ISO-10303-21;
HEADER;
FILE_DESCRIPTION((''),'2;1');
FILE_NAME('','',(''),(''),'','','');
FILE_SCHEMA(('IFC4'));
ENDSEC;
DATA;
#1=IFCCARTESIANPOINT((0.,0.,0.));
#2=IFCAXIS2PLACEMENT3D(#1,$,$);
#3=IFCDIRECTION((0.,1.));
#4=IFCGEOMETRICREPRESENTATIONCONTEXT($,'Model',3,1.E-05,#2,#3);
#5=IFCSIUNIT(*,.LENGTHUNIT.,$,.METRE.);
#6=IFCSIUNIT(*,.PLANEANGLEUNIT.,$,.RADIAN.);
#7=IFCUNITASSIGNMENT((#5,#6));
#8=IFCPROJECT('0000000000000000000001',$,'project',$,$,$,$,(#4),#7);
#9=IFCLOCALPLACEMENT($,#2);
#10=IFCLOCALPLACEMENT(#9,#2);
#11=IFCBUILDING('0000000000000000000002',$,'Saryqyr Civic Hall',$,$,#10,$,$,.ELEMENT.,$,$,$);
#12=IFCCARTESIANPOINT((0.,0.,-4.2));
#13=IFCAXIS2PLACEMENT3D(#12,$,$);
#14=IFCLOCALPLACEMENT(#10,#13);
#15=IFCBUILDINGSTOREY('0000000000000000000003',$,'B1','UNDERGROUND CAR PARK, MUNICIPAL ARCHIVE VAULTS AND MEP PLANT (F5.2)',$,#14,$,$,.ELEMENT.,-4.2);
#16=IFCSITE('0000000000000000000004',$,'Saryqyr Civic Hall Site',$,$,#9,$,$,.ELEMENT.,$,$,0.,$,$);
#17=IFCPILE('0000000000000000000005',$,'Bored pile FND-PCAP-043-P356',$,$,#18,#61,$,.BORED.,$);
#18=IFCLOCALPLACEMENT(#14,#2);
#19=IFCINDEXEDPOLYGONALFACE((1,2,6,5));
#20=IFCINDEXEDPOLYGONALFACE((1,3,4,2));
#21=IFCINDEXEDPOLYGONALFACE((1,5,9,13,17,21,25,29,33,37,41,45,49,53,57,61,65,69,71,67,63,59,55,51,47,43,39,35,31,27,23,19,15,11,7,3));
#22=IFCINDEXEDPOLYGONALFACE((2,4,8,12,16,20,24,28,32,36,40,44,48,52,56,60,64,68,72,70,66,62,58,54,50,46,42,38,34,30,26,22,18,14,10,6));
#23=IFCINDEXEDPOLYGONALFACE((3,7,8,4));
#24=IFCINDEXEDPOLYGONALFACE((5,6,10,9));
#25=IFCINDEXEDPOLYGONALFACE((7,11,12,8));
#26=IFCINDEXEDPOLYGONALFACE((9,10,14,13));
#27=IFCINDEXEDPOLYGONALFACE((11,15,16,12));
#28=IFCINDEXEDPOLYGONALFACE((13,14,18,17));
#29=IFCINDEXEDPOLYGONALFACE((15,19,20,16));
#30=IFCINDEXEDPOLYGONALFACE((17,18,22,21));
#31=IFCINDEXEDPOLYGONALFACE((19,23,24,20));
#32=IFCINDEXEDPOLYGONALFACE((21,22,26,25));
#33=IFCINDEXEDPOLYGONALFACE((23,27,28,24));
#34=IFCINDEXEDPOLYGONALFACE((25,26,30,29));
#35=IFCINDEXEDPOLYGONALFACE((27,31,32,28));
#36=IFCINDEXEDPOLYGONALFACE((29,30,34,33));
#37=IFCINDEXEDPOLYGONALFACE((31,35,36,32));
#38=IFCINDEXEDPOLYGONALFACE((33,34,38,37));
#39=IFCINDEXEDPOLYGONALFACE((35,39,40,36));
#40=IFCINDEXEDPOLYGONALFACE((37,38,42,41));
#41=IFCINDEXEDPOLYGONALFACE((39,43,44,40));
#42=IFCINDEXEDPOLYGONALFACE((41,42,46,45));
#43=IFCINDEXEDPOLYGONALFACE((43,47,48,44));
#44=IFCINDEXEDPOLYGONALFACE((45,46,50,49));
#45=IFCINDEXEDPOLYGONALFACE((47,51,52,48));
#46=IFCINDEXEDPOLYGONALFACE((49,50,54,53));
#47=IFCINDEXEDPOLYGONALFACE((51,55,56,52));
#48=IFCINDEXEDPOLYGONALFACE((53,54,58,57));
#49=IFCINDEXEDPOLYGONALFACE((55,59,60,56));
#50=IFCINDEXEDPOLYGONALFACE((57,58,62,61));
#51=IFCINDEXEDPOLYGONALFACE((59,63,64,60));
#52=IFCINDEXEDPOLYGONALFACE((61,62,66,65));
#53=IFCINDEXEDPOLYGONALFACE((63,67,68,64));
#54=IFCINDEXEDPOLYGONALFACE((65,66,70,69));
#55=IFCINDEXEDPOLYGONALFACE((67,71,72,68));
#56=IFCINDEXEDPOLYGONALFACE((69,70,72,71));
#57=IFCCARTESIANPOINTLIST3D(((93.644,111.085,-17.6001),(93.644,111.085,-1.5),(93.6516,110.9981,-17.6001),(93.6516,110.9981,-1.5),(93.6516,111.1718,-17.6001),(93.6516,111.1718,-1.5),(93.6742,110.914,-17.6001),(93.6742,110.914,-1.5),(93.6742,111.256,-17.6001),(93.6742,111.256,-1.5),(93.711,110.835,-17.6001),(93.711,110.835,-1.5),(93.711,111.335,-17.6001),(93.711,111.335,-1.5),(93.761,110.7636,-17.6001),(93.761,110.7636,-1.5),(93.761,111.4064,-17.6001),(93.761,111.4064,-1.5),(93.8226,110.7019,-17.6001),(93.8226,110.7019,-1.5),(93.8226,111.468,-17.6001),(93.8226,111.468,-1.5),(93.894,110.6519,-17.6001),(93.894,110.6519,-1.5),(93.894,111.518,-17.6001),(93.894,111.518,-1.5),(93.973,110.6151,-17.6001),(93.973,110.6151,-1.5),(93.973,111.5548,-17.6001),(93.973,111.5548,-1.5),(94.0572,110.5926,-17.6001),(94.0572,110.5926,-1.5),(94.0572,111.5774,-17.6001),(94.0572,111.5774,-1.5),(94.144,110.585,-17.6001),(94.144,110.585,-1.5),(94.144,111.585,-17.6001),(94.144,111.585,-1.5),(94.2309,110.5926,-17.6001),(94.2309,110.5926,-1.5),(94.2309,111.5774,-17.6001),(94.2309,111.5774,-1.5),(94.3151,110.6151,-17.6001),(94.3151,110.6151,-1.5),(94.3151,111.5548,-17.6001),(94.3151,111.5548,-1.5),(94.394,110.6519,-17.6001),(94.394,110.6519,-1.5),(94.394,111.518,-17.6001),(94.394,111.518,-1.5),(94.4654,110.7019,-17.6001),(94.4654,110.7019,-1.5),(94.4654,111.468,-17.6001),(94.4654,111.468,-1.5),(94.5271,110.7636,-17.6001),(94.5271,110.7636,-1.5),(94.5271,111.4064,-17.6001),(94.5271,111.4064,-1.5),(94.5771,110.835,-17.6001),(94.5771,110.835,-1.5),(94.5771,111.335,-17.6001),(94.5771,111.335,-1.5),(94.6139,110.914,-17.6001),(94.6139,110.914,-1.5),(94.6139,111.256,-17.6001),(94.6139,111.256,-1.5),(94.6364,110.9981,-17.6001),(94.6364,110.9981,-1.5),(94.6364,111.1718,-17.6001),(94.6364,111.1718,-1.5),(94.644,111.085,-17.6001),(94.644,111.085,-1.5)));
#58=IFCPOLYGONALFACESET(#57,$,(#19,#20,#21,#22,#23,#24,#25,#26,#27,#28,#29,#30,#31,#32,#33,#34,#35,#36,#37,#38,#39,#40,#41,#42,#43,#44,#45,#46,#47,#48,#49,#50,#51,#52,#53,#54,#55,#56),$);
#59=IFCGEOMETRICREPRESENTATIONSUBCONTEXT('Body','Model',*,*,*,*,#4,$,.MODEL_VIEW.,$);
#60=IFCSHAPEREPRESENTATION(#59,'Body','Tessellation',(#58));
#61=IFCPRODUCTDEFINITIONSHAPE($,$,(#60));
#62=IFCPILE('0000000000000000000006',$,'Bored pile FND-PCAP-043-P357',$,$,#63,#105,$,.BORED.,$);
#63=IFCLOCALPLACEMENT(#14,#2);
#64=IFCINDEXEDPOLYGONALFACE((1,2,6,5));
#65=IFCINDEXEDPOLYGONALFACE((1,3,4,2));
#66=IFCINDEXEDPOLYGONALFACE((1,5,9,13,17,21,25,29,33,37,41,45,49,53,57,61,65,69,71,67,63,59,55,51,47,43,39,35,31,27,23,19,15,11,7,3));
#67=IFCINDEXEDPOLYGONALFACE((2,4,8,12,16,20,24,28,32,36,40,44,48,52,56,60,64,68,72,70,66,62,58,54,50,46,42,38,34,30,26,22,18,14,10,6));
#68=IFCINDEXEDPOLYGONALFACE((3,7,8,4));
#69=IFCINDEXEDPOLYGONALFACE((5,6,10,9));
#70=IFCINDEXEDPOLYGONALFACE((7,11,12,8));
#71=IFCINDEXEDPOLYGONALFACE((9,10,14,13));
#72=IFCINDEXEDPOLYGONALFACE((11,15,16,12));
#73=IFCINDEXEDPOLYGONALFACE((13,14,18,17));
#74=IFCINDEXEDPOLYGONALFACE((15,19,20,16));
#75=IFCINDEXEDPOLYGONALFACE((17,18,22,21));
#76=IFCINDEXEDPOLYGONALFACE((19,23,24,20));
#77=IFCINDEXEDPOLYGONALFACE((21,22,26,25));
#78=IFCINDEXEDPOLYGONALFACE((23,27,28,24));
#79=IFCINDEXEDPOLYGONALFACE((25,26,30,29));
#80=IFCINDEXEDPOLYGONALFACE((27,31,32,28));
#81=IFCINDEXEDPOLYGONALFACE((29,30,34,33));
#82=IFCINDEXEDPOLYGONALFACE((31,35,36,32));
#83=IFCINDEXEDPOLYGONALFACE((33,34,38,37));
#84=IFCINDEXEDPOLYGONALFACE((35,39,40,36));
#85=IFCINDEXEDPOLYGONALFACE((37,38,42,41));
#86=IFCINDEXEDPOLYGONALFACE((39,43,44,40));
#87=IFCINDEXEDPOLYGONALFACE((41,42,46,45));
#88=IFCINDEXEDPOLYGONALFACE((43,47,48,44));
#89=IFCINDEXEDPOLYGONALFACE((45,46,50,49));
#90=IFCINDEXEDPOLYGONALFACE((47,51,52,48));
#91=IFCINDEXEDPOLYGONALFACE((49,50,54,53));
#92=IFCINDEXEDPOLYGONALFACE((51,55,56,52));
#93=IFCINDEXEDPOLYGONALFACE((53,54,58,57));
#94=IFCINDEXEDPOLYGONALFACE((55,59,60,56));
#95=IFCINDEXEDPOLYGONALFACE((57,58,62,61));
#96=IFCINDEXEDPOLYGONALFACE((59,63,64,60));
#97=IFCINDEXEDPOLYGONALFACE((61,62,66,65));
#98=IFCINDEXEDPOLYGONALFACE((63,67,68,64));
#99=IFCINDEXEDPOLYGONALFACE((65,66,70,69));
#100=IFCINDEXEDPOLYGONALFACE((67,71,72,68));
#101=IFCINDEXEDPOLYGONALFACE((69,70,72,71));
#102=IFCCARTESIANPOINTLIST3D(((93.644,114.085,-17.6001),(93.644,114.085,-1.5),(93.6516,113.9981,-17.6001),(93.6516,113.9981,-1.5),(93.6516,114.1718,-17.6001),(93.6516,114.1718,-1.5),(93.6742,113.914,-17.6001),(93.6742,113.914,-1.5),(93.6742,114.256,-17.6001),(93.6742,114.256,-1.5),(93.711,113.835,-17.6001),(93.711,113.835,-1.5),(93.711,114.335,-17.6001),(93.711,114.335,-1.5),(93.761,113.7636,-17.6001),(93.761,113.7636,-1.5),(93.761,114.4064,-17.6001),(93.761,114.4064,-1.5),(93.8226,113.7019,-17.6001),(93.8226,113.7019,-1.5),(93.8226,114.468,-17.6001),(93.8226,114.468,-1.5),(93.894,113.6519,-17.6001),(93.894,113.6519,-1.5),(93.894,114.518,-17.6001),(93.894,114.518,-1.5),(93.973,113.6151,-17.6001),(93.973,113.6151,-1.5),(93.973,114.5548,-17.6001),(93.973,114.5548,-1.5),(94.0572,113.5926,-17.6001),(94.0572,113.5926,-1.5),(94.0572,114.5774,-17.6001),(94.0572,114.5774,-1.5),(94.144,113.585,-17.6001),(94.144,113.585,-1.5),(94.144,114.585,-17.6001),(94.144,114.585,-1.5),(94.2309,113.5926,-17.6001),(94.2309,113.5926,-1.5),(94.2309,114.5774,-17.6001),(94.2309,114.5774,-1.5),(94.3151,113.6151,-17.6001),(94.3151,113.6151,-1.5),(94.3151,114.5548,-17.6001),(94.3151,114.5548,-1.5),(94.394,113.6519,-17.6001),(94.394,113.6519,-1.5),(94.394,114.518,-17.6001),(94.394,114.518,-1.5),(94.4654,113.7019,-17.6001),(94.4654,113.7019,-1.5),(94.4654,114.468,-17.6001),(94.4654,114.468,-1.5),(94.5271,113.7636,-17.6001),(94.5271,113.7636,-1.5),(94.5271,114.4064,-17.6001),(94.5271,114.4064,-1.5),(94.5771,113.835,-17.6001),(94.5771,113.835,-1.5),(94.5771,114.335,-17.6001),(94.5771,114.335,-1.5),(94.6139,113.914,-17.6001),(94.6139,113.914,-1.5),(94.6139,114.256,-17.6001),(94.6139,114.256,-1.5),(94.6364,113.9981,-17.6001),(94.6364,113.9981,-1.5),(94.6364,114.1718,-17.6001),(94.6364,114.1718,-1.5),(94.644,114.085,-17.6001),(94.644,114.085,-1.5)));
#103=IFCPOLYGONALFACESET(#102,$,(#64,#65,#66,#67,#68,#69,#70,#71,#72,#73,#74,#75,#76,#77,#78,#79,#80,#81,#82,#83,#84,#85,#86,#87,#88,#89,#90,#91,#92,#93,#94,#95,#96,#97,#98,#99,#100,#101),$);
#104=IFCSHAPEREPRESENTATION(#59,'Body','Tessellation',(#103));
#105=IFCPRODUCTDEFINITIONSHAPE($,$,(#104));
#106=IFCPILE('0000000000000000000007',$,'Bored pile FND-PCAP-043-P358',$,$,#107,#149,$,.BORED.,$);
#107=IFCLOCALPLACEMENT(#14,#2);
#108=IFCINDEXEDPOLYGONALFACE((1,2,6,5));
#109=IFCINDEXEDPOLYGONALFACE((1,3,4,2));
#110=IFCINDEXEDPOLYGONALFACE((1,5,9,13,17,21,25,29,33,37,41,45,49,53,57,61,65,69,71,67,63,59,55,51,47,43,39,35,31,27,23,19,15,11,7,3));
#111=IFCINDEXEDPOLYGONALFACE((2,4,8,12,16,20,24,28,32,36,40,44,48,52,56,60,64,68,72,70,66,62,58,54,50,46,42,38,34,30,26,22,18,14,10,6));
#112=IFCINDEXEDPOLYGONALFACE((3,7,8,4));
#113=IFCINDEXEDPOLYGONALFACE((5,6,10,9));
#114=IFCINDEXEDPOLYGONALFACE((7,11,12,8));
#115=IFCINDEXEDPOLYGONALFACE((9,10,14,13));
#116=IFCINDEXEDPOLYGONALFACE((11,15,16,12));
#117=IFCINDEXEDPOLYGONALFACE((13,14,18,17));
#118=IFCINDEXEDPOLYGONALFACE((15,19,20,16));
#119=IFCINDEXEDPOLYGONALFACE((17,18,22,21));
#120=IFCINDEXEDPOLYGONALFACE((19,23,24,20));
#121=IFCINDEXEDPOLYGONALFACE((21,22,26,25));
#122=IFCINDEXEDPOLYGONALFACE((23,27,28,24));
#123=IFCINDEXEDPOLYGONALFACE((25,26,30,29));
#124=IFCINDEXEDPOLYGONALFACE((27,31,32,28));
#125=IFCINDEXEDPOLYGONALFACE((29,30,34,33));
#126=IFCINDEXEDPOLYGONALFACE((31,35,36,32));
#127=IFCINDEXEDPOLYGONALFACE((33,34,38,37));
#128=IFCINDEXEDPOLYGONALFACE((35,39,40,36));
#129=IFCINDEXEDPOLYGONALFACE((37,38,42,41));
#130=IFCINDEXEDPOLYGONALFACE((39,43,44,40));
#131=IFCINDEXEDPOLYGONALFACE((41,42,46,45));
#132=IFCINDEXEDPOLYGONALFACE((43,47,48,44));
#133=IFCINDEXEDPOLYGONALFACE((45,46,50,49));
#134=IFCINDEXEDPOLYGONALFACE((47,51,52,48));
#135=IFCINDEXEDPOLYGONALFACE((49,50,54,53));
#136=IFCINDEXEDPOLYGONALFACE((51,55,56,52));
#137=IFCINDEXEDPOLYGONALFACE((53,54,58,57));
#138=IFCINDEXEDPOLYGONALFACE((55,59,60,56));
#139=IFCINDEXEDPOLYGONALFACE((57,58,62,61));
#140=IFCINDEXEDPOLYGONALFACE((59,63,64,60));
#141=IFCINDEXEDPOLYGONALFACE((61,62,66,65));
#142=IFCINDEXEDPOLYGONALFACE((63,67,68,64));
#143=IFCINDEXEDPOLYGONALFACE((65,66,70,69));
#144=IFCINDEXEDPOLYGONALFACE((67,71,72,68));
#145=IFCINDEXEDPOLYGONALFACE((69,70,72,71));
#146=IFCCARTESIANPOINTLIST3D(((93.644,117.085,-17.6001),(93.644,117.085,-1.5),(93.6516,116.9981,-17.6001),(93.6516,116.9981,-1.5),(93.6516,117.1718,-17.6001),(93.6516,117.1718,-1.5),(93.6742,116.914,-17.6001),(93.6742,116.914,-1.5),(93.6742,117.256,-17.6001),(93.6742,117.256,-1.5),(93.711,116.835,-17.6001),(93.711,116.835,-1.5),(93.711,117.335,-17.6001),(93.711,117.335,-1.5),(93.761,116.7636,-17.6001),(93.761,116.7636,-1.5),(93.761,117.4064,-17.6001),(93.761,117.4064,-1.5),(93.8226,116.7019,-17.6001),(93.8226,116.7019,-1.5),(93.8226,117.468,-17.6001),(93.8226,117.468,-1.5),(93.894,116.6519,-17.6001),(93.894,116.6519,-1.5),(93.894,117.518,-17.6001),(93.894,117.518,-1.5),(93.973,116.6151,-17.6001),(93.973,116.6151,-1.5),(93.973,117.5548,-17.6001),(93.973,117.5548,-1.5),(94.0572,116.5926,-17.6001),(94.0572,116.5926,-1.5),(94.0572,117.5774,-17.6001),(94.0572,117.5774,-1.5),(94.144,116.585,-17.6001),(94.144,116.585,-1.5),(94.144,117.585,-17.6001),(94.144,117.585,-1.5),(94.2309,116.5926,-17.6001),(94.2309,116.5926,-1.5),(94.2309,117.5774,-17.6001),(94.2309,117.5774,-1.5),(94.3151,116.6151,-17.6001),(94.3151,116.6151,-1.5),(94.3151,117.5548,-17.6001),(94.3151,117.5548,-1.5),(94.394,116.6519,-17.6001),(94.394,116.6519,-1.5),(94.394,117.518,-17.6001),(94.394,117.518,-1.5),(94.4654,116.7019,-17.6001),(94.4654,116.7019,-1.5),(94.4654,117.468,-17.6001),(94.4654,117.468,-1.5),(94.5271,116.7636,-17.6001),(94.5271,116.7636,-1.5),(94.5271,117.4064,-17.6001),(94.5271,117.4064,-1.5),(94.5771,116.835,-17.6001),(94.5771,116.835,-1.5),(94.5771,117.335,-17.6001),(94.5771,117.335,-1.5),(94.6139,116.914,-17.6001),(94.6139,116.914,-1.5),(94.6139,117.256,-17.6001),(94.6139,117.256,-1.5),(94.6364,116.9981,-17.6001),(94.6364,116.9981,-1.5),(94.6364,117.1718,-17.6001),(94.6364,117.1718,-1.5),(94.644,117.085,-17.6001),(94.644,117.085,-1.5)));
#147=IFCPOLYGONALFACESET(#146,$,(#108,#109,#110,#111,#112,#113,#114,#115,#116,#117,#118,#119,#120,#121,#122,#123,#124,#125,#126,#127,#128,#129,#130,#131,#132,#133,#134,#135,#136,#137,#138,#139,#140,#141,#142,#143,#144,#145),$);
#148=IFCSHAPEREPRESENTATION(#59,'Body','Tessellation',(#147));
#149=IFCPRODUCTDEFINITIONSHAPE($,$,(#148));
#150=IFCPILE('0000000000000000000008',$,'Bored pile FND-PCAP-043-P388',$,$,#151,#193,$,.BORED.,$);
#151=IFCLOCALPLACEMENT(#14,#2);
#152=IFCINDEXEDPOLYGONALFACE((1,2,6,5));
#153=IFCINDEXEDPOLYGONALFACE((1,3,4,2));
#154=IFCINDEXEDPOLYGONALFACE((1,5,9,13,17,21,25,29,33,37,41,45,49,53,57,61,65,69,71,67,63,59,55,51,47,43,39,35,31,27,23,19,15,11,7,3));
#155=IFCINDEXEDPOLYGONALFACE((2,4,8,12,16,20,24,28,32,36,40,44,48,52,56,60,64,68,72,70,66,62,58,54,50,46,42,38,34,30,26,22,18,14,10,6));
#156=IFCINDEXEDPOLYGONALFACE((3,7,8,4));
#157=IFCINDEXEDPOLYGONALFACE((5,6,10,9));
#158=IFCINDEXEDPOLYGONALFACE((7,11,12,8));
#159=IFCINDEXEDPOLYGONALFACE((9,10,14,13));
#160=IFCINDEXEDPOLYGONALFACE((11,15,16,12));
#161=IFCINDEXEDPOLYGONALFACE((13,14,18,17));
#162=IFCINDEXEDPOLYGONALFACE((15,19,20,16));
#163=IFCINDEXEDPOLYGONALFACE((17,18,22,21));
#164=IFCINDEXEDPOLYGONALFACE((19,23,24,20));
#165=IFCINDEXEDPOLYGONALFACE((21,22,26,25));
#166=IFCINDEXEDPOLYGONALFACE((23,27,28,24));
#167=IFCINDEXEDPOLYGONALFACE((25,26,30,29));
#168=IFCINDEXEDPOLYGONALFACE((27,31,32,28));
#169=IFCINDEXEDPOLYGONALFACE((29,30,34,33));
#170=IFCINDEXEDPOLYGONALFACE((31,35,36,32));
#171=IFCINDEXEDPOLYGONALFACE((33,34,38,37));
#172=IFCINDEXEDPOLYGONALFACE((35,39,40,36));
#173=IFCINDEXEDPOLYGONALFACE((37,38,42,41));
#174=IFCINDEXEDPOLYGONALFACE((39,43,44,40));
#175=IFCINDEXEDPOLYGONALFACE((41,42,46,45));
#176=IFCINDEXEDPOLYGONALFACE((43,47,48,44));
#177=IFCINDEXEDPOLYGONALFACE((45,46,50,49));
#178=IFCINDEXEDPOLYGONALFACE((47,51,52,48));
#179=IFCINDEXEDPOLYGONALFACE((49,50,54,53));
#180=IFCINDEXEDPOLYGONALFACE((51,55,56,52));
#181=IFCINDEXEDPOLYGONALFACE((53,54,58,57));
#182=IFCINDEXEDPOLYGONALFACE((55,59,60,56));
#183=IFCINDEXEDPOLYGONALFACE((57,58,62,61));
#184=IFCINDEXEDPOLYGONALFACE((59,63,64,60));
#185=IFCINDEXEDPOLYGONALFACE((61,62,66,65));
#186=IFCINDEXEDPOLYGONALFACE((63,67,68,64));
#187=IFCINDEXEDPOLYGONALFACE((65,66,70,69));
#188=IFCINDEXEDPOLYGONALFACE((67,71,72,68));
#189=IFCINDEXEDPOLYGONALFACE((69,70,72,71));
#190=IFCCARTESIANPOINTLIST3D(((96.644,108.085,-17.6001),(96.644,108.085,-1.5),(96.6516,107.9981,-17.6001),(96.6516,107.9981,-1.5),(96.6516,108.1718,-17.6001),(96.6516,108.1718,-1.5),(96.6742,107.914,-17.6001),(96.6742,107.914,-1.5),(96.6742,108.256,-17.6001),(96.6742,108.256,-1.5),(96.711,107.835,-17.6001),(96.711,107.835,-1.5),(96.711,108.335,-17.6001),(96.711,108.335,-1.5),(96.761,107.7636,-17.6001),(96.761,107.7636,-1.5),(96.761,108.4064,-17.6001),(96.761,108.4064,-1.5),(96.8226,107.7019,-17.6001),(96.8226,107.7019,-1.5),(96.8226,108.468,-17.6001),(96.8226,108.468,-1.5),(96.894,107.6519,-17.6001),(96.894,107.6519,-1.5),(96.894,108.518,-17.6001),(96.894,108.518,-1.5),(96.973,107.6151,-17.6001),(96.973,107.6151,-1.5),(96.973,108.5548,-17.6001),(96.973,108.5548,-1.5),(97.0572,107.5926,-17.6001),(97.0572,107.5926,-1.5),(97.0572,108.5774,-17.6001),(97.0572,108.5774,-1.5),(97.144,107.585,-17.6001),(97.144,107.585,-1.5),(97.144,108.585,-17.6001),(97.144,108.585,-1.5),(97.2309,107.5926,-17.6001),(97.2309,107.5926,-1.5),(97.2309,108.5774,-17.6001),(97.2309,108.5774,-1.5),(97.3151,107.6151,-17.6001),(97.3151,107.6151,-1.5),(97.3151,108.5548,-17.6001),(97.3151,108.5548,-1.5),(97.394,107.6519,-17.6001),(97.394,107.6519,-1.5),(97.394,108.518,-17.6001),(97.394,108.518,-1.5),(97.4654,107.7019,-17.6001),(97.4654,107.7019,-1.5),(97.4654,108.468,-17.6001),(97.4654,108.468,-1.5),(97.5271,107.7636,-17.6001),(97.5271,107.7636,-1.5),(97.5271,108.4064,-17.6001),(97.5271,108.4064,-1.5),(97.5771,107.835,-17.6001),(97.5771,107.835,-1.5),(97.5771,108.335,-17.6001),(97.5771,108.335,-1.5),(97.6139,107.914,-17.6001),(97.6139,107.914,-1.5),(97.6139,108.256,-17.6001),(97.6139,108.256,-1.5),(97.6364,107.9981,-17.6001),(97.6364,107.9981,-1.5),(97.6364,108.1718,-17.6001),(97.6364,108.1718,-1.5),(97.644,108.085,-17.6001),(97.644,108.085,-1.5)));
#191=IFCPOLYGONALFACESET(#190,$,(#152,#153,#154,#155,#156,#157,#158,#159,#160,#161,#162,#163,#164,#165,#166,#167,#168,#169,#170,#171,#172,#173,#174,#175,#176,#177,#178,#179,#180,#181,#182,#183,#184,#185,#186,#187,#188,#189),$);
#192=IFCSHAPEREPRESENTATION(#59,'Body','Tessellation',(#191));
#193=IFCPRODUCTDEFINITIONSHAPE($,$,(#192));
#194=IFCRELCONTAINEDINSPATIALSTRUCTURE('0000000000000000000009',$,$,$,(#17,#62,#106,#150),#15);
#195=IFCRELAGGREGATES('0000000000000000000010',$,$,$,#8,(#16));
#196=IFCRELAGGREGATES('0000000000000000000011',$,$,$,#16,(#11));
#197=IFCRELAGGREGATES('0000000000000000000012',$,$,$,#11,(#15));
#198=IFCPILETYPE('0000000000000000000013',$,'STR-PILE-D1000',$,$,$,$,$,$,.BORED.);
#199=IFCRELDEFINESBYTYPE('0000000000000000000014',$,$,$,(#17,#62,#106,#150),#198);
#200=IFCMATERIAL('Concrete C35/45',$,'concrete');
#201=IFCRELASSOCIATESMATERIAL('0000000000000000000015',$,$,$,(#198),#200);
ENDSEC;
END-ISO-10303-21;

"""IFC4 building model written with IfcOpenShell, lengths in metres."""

from ifc_helpers import new_model, si_unit, direction, frame, origin, origin_2d, place, context, subcontext, project, spatial, circle, extrude, material, material_profile, profile_set, type_object, element, save


model = new_model("IFC4")

# Units and contexts
model_context = context("Model", 3, precision=1e-05, world=origin(), true_north=direction((0.0, 1.0)))
body_context = subcontext(model_context, "Body", "Model", "MODEL_VIEW")
ifc_project = project(units=[si_unit("LENGTHUNIT", "METRE"), si_unit("PLANEANGLEUNIT", "RADIAN")], contexts=[model_context])

# Site, building, storey
site_placement = place(None, origin())
site = spatial("IfcSite", under=ifc_project, at=site_placement, Name="Saryqyr Civic Hall Site", CompositionType="ELEMENT", RefElevation=0.0)
building_placement = place(site_placement, origin())
building = spatial("IfcBuilding", under=site, at=building_placement, Name="Saryqyr Civic Hall", CompositionType="ELEMENT")
storey_placement = place(building_placement, frame((0.0, 0.0, -4.2)))
storey = spatial("IfcBuildingStorey", under=building, at=storey_placement, Name="B1", Description="UNDERGROUND CAR PARK, MUNICIPAL ARCHIVE VAULTS AND MEP PLANT (F5.2)", CompositionType="ELEMENT", Elevation=-4.2)

# Piles
ifc_material_1 = material(Name="Concrete C35/45", Category="concrete")
ifc_material_profile_1 = material_profile(ifc_material_1, circle(Radius=0.5, at=origin_2d()), Name="BORED PILE D1000")
ifc_profile_set_1 = profile_set([ifc_material_profile_1], Name="Concrete C35/45")
pile_type = type_object("IfcPileType", Name="STR-PILE-D1000", PredefinedType="BORED", material=ifc_profile_set_1)
for number, where, z_axis, x_axis, name in (
    (1, (94.144, 111.085, -1.5), (0.0, 0.0, -1.0), (1.0, 0.0, 0.0), "Bored pile FND-PCAP-043-P356"),
    (2, (94.144, 114.085, -1.5), (0.0, 0.0, -1.0), (1.0, 0.0, 0.0), "Bored pile FND-PCAP-043-P357"),
    (3, (94.144, 117.085, -1.5), (0.0, 0.0, -1.0), (1.0, 0.0, 0.0), "Bored pile FND-PCAP-043-P358"),
    (4, (97.144, 108.085, -1.5), (0.0, 0.0, -1.0), (1.0, 0.0, 0.0), "Bored pile FND-PCAP-043-P388"),
):
    element("IfcPile", number, at=place(storey_placement, frame(where, z_axis=z_axis, x_axis=x_axis)), inside=storey, type_object=pile_type, Name=name, PredefinedType="BORED", context=body_context, shape_type="SweptSolid", body=[
        extrude(circle(Radius=0.5, at=origin_2d()), origin(), (0.0, 0.0, 1.0), 16.1001),
    ])

save(model, "model.ifc")
